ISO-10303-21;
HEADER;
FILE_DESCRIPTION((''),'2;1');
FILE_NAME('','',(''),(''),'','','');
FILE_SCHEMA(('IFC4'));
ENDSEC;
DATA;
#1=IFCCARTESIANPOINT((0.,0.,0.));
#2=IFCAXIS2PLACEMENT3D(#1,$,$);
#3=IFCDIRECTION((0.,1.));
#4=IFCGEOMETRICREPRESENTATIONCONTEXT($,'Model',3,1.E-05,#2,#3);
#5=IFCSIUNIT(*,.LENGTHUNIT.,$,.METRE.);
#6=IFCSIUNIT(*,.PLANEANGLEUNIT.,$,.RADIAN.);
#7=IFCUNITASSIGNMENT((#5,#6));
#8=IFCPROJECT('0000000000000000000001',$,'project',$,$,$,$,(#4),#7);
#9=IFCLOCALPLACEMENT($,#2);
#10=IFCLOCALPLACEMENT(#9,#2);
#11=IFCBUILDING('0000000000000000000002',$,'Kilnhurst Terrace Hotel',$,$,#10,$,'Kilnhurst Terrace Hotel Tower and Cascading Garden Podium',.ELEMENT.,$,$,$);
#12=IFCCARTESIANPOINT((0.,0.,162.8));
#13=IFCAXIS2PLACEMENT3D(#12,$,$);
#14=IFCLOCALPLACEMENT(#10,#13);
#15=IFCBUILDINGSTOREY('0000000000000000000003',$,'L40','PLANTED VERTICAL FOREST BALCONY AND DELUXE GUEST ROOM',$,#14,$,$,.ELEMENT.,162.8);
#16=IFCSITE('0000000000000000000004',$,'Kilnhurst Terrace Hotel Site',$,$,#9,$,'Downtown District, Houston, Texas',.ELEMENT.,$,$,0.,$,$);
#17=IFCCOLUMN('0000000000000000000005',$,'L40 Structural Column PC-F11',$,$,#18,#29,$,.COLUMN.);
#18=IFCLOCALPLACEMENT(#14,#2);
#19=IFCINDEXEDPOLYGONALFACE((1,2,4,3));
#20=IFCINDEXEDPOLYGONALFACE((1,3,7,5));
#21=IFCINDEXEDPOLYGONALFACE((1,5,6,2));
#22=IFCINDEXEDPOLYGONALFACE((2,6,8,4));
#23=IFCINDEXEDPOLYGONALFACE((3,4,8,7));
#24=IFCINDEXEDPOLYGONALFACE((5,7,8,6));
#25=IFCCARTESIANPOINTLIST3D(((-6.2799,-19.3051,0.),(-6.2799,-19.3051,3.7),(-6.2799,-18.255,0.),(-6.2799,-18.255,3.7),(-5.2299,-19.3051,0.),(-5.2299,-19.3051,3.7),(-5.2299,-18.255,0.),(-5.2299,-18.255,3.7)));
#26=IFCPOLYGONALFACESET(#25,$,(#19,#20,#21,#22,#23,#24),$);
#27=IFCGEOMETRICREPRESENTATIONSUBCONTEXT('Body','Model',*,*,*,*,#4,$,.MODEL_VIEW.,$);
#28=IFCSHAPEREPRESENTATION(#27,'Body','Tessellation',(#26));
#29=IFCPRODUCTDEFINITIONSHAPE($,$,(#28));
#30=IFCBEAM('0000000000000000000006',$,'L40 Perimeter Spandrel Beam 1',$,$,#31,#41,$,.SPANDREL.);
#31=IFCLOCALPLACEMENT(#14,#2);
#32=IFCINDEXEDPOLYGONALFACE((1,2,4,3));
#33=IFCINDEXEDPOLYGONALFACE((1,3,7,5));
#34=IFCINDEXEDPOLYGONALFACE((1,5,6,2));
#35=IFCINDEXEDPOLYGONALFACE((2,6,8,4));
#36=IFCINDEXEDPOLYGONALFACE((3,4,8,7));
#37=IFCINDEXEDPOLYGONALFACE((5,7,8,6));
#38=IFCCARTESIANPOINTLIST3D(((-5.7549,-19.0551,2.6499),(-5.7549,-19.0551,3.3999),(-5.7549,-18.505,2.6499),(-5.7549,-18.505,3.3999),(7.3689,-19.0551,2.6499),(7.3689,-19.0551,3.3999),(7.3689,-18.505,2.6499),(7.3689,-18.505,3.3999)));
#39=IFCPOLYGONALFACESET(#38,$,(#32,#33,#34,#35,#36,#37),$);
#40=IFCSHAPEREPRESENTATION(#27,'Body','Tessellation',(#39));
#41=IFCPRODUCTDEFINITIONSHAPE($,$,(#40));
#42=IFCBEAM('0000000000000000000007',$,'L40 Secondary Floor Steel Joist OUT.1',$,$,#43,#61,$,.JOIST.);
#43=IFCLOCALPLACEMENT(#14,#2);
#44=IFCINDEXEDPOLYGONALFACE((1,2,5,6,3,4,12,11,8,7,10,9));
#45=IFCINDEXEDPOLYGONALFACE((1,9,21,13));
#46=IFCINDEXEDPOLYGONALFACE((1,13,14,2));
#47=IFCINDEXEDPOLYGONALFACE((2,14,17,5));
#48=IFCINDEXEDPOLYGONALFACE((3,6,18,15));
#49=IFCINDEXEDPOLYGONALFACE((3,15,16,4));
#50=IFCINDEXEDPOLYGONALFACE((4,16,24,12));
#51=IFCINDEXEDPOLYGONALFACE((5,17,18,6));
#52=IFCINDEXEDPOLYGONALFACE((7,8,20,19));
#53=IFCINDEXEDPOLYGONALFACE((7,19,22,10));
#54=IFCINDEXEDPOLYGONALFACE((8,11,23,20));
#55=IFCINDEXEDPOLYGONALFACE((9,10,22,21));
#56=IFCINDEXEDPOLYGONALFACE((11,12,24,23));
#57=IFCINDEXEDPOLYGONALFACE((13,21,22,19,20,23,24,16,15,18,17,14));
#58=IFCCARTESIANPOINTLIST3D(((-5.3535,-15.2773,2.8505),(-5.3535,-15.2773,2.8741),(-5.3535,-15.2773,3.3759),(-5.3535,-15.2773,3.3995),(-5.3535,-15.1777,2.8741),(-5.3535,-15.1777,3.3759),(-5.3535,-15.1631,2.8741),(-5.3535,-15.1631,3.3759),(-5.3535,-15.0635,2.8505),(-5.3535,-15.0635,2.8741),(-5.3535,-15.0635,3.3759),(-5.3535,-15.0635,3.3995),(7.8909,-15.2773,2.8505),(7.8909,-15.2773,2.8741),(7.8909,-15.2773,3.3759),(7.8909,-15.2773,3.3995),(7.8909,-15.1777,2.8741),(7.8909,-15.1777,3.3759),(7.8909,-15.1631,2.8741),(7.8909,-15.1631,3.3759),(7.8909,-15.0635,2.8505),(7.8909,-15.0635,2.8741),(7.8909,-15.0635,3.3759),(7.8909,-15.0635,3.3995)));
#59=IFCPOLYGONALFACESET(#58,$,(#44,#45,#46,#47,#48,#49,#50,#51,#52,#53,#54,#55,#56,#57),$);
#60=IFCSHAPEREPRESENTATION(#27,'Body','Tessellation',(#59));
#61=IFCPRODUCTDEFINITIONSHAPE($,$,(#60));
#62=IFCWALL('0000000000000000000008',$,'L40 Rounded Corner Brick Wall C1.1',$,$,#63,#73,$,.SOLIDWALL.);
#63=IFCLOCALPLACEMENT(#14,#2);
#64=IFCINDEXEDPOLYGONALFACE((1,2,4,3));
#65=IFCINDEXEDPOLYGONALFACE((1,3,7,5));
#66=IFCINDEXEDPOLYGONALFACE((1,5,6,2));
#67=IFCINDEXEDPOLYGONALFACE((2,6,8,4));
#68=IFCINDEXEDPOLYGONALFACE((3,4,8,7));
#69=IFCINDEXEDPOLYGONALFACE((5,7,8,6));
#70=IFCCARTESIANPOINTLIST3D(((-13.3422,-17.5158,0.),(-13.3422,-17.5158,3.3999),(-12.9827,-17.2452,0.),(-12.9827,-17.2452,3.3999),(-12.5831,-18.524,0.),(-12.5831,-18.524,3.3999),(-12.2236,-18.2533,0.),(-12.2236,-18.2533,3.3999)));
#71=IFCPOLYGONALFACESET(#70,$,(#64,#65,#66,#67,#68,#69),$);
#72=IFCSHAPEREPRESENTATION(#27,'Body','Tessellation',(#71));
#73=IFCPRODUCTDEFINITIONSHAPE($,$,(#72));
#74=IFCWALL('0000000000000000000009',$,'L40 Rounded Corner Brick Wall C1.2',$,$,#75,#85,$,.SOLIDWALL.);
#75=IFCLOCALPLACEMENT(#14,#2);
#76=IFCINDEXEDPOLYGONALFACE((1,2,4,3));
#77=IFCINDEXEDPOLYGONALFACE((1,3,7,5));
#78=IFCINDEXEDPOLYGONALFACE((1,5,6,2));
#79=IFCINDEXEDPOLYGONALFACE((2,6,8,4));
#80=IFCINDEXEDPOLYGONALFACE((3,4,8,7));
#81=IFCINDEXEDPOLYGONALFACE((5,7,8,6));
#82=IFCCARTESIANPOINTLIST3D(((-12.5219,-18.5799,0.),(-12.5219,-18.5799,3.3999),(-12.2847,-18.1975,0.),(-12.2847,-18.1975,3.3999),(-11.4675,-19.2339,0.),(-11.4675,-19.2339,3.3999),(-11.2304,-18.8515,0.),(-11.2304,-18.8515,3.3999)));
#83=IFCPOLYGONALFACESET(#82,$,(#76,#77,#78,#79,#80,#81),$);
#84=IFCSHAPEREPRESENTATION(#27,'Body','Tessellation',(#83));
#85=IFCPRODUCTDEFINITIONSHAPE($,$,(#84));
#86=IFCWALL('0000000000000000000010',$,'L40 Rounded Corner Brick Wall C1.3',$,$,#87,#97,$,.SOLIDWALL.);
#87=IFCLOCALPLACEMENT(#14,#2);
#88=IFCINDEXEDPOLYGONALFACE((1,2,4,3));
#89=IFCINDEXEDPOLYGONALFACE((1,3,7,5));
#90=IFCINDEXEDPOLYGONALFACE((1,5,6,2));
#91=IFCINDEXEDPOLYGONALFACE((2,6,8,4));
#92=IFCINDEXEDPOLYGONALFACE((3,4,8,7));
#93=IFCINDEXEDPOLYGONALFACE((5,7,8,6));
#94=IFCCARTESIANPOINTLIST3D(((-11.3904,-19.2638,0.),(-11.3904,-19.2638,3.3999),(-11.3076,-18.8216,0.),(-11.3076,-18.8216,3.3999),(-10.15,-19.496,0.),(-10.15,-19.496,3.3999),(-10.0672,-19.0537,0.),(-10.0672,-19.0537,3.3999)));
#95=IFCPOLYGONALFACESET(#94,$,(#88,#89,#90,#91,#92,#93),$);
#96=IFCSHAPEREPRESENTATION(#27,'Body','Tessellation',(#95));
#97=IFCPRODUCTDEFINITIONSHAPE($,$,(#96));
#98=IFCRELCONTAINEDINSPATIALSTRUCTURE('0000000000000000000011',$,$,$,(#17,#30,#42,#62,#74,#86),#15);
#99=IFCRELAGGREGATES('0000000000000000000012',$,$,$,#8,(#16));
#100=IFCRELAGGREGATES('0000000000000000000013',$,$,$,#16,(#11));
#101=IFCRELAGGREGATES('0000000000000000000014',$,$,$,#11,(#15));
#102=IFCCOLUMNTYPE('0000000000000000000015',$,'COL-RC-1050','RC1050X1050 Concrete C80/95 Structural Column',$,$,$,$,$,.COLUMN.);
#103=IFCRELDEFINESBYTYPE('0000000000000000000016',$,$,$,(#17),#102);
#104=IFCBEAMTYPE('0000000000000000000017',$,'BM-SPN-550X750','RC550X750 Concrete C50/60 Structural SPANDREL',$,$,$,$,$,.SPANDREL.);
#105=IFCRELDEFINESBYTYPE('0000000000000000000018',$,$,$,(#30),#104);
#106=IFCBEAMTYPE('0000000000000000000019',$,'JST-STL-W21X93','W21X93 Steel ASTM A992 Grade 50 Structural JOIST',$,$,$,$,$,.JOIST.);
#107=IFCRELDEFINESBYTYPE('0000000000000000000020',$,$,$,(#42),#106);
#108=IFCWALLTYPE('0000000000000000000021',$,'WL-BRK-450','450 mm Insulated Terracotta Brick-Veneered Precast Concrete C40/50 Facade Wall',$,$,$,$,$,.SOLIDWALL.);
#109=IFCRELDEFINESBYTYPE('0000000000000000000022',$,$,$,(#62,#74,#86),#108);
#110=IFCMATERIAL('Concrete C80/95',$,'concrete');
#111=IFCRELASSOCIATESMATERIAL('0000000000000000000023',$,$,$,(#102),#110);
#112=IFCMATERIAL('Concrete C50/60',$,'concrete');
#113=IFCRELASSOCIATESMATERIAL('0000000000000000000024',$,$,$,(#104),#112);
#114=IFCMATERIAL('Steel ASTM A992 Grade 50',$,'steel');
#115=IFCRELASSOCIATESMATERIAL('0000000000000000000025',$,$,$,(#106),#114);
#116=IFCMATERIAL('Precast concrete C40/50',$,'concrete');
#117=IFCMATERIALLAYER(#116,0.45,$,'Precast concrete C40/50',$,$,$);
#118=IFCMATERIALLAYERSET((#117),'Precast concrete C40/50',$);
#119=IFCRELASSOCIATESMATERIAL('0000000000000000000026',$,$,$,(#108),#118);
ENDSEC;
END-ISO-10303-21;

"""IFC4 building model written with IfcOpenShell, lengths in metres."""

from ifc_helpers import new_model, si_unit, direction, frame, frame_2d, origin, origin_2d, place, context, subcontext, project, spatial, rectangle, i_section, extrude, material, layer, layer_set, material_profile, profile_set, type_object, element, save


model = new_model("IFC4")

# Units and contexts
model_context = context("Model", 3, precision=1e-05, world=origin(), true_north=direction((0.0, 1.0)))
body_context = subcontext(model_context, "Body", "Model", "MODEL_VIEW")
ifc_project = project(units=[si_unit("LENGTHUNIT", "METRE"), si_unit("PLANEANGLEUNIT", "RADIAN")], contexts=[model_context])

# Site, building, storey
site_placement = place(None, origin())
site = spatial("IfcSite", under=ifc_project, at=site_placement, Name="Kilnhurst Terrace Hotel Site", LongName="Downtown District, Houston, Texas", CompositionType="ELEMENT", RefElevation=0.0)
building_placement = place(site_placement, origin())
building = spatial("IfcBuilding", under=site, at=building_placement, Name="Kilnhurst Terrace Hotel", LongName="Kilnhurst Terrace Hotel Tower and Cascading Garden Podium", CompositionType="ELEMENT")
storey_placement = place(building_placement, frame((0.0, 0.0, 162.8)))
storey = spatial("IfcBuildingStorey", under=building, at=storey_placement, Name="L40", Description="PLANTED VERTICAL FOREST BALCONY AND DELUXE GUEST ROOM", CompositionType="ELEMENT", Elevation=162.8)

# Column
ifc_material_1 = material(Name="Concrete C80/95", Category="concrete")
ifc_material_profile_1 = material_profile(ifc_material_1, rectangle(XDim=1.05, YDim=1.05, at=origin_2d()), Name="RC1050X1050")
ifc_profile_set_1 = profile_set([ifc_material_profile_1], Name="Concrete C80/95")
column_type = type_object("IfcColumnType", Name="COL-RC-1050", Description="RC1050X1050 Concrete C80/95 Structural Column", PredefinedType="COLUMN", material=ifc_profile_set_1)
column_placement = place(storey_placement, frame((-5.7549, -18.78, 0.0), z_axis=(0.0, 0.0, 1.0), x_axis=(1.0, 0.0, 0.0)))
element("IfcColumn", 1, at=column_placement, inside=storey, type_object=column_type, Name="L40 Structural Column PC-F11", PredefinedType="COLUMN", context=body_context, shape_type="SweptSolid", body=[
    extrude(rectangle(XDim=1.05, YDim=1.05, at=origin_2d()), origin(), (0.0, 0.0, 1.0), 3.7),
])

# Beams
ifc_material_2 = material(Name="Concrete C50/60", Category="concrete")
ifc_material_profile_2 = material_profile(ifc_material_2, rectangle(XDim=0.55, YDim=0.75, at=origin_2d()), Name="RC550X750")
ifc_profile_set_2 = profile_set([ifc_material_profile_2], Name="Concrete C50/60")
beam_type_1 = type_object("IfcBeamType", Name="BM-SPN-550X750", Description="RC550X750 Concrete C50/60 Structural SPANDREL", PredefinedType="SPANDREL", material=ifc_profile_set_2)
beam_1_placement = place(storey_placement, frame((-5.7549, -18.78, 3.0249), z_axis=(1.0, 0.0, 0.0), x_axis=(0.0, 1.0, 0.0)))
element("IfcBeam", 2, at=beam_1_placement, inside=storey, type_object=beam_type_1, Name="L40 Perimeter Spandrel Beam 1", PredefinedType="SPANDREL", context=body_context, shape_type="SweptSolid", body=[
    extrude(rectangle(XDim=0.55, YDim=0.75, at=origin_2d()), origin(), (0.0, 0.0, 1.0), 13.1238),
])
ifc_material_3 = material(Name="Steel ASTM A992 Grade 50", Category="steel")
ifc_material_profile_3 = material_profile(ifc_material_3, i_section(OverallWidth=0.2139, OverallDepth=0.5491, WebThickness=0.0146, FlangeThickness=0.0237, at=origin_2d()), Name="W21X93")
ifc_profile_set_3 = profile_set([ifc_material_profile_3], Name="Steel ASTM A992 Grade 50")
beam_type_2 = type_object("IfcBeamType", Name="JST-STL-W21X93", Description="W21X93 Steel ASTM A992 Grade 50 Structural JOIST", PredefinedType="JOIST", material=ifc_profile_set_3)
beam_2_placement = place(storey_placement, frame((-5.3535, -15.1704, 3.125), z_axis=(1.0, 0.0, 0.0), x_axis=(0.0, 1.0, 0.0)))
element("IfcBeam", 3, at=beam_2_placement, inside=storey, type_object=beam_type_2, Name="L40 Secondary Floor Steel Joist OUT.1", PredefinedType="JOIST", context=body_context, shape_type="SweptSolid", body=[
    extrude(i_section(OverallWidth=0.2139, OverallDepth=0.5491, WebThickness=0.0146, FlangeThickness=0.0237, at=origin_2d()), origin(), (0.0, 0.0, 1.0), 13.2444),
])

# Walls
ifc_material_4 = material(Name="Precast concrete C40/50", Category="concrete")
ifc_layer_1 = layer(ifc_material_4, 0.45, Name="Precast concrete C40/50")
ifc_layer_set_1 = layer_set([ifc_layer_1], Name="Precast concrete C40/50")
wall_type_1 = type_object("IfcWallType", Name="WL-BRK-450", Description="450 mm Insulated Terracotta Brick-Veneered Precast Concrete C40/50 Facade Wall", PredefinedType="SOLIDWALL", material=ifc_layer_set_1)
wall_1_placement = place(storey_placement, frame((-13.1624, -17.3806, 0.0), z_axis=(0.0, 0.0, 1.0), x_axis=(0.601516, -0.798861, 0.0)))
element("IfcWall", 4, at=wall_1_placement, inside=storey, type_object=wall_type_1, Name="L40 Rounded Corner Brick Wall C1.1", PredefinedType="SOLIDWALL", context=body_context, shape_type="SweptSolid", body=[
    extrude(rectangle(XDim=1.262, YDim=0.45, at=frame_2d((0.6309, 0.0))), origin(), (0.0, 0.0, 1.0), 3.3999),
])
wall_2_placement = place(storey_placement, frame((-12.4033, -18.3887, 0.0), z_axis=(0.0, 0.0, 1.0), x_axis=(0.849795, -0.527113, 0.0)))
element("IfcWall", 5, at=wall_2_placement, inside=storey, type_object=wall_type_1, Name="L40 Rounded Corner Brick Wall C1.2", PredefinedType="SOLIDWALL", context=body_context, shape_type="SweptSolid", body=[
    extrude(rectangle(XDim=1.2407, YDim=0.45, at=frame_2d((0.6204, 0.0))), origin(), (0.0, 0.0, 1.0), 3.3999),
])
wall_3_placement = place(storey_placement, frame((-11.3489, -19.0427, 0.0), z_axis=(0.0, 0.0, 1.0), x_axis=(0.982931, -0.183973, 0.0)))
element("IfcWall", 6, at=wall_3_placement, inside=storey, type_object=wall_type_1, Name="L40 Rounded Corner Brick Wall C1.3", PredefinedType="SOLIDWALL", context=body_context, shape_type="SweptSolid", body=[
    extrude(rectangle(XDim=1.262, YDim=0.45, at=frame_2d((0.6309, 0.0))), origin(), (0.0, 0.0, 1.0), 3.3999),
])

save(model, "model.ifc")
